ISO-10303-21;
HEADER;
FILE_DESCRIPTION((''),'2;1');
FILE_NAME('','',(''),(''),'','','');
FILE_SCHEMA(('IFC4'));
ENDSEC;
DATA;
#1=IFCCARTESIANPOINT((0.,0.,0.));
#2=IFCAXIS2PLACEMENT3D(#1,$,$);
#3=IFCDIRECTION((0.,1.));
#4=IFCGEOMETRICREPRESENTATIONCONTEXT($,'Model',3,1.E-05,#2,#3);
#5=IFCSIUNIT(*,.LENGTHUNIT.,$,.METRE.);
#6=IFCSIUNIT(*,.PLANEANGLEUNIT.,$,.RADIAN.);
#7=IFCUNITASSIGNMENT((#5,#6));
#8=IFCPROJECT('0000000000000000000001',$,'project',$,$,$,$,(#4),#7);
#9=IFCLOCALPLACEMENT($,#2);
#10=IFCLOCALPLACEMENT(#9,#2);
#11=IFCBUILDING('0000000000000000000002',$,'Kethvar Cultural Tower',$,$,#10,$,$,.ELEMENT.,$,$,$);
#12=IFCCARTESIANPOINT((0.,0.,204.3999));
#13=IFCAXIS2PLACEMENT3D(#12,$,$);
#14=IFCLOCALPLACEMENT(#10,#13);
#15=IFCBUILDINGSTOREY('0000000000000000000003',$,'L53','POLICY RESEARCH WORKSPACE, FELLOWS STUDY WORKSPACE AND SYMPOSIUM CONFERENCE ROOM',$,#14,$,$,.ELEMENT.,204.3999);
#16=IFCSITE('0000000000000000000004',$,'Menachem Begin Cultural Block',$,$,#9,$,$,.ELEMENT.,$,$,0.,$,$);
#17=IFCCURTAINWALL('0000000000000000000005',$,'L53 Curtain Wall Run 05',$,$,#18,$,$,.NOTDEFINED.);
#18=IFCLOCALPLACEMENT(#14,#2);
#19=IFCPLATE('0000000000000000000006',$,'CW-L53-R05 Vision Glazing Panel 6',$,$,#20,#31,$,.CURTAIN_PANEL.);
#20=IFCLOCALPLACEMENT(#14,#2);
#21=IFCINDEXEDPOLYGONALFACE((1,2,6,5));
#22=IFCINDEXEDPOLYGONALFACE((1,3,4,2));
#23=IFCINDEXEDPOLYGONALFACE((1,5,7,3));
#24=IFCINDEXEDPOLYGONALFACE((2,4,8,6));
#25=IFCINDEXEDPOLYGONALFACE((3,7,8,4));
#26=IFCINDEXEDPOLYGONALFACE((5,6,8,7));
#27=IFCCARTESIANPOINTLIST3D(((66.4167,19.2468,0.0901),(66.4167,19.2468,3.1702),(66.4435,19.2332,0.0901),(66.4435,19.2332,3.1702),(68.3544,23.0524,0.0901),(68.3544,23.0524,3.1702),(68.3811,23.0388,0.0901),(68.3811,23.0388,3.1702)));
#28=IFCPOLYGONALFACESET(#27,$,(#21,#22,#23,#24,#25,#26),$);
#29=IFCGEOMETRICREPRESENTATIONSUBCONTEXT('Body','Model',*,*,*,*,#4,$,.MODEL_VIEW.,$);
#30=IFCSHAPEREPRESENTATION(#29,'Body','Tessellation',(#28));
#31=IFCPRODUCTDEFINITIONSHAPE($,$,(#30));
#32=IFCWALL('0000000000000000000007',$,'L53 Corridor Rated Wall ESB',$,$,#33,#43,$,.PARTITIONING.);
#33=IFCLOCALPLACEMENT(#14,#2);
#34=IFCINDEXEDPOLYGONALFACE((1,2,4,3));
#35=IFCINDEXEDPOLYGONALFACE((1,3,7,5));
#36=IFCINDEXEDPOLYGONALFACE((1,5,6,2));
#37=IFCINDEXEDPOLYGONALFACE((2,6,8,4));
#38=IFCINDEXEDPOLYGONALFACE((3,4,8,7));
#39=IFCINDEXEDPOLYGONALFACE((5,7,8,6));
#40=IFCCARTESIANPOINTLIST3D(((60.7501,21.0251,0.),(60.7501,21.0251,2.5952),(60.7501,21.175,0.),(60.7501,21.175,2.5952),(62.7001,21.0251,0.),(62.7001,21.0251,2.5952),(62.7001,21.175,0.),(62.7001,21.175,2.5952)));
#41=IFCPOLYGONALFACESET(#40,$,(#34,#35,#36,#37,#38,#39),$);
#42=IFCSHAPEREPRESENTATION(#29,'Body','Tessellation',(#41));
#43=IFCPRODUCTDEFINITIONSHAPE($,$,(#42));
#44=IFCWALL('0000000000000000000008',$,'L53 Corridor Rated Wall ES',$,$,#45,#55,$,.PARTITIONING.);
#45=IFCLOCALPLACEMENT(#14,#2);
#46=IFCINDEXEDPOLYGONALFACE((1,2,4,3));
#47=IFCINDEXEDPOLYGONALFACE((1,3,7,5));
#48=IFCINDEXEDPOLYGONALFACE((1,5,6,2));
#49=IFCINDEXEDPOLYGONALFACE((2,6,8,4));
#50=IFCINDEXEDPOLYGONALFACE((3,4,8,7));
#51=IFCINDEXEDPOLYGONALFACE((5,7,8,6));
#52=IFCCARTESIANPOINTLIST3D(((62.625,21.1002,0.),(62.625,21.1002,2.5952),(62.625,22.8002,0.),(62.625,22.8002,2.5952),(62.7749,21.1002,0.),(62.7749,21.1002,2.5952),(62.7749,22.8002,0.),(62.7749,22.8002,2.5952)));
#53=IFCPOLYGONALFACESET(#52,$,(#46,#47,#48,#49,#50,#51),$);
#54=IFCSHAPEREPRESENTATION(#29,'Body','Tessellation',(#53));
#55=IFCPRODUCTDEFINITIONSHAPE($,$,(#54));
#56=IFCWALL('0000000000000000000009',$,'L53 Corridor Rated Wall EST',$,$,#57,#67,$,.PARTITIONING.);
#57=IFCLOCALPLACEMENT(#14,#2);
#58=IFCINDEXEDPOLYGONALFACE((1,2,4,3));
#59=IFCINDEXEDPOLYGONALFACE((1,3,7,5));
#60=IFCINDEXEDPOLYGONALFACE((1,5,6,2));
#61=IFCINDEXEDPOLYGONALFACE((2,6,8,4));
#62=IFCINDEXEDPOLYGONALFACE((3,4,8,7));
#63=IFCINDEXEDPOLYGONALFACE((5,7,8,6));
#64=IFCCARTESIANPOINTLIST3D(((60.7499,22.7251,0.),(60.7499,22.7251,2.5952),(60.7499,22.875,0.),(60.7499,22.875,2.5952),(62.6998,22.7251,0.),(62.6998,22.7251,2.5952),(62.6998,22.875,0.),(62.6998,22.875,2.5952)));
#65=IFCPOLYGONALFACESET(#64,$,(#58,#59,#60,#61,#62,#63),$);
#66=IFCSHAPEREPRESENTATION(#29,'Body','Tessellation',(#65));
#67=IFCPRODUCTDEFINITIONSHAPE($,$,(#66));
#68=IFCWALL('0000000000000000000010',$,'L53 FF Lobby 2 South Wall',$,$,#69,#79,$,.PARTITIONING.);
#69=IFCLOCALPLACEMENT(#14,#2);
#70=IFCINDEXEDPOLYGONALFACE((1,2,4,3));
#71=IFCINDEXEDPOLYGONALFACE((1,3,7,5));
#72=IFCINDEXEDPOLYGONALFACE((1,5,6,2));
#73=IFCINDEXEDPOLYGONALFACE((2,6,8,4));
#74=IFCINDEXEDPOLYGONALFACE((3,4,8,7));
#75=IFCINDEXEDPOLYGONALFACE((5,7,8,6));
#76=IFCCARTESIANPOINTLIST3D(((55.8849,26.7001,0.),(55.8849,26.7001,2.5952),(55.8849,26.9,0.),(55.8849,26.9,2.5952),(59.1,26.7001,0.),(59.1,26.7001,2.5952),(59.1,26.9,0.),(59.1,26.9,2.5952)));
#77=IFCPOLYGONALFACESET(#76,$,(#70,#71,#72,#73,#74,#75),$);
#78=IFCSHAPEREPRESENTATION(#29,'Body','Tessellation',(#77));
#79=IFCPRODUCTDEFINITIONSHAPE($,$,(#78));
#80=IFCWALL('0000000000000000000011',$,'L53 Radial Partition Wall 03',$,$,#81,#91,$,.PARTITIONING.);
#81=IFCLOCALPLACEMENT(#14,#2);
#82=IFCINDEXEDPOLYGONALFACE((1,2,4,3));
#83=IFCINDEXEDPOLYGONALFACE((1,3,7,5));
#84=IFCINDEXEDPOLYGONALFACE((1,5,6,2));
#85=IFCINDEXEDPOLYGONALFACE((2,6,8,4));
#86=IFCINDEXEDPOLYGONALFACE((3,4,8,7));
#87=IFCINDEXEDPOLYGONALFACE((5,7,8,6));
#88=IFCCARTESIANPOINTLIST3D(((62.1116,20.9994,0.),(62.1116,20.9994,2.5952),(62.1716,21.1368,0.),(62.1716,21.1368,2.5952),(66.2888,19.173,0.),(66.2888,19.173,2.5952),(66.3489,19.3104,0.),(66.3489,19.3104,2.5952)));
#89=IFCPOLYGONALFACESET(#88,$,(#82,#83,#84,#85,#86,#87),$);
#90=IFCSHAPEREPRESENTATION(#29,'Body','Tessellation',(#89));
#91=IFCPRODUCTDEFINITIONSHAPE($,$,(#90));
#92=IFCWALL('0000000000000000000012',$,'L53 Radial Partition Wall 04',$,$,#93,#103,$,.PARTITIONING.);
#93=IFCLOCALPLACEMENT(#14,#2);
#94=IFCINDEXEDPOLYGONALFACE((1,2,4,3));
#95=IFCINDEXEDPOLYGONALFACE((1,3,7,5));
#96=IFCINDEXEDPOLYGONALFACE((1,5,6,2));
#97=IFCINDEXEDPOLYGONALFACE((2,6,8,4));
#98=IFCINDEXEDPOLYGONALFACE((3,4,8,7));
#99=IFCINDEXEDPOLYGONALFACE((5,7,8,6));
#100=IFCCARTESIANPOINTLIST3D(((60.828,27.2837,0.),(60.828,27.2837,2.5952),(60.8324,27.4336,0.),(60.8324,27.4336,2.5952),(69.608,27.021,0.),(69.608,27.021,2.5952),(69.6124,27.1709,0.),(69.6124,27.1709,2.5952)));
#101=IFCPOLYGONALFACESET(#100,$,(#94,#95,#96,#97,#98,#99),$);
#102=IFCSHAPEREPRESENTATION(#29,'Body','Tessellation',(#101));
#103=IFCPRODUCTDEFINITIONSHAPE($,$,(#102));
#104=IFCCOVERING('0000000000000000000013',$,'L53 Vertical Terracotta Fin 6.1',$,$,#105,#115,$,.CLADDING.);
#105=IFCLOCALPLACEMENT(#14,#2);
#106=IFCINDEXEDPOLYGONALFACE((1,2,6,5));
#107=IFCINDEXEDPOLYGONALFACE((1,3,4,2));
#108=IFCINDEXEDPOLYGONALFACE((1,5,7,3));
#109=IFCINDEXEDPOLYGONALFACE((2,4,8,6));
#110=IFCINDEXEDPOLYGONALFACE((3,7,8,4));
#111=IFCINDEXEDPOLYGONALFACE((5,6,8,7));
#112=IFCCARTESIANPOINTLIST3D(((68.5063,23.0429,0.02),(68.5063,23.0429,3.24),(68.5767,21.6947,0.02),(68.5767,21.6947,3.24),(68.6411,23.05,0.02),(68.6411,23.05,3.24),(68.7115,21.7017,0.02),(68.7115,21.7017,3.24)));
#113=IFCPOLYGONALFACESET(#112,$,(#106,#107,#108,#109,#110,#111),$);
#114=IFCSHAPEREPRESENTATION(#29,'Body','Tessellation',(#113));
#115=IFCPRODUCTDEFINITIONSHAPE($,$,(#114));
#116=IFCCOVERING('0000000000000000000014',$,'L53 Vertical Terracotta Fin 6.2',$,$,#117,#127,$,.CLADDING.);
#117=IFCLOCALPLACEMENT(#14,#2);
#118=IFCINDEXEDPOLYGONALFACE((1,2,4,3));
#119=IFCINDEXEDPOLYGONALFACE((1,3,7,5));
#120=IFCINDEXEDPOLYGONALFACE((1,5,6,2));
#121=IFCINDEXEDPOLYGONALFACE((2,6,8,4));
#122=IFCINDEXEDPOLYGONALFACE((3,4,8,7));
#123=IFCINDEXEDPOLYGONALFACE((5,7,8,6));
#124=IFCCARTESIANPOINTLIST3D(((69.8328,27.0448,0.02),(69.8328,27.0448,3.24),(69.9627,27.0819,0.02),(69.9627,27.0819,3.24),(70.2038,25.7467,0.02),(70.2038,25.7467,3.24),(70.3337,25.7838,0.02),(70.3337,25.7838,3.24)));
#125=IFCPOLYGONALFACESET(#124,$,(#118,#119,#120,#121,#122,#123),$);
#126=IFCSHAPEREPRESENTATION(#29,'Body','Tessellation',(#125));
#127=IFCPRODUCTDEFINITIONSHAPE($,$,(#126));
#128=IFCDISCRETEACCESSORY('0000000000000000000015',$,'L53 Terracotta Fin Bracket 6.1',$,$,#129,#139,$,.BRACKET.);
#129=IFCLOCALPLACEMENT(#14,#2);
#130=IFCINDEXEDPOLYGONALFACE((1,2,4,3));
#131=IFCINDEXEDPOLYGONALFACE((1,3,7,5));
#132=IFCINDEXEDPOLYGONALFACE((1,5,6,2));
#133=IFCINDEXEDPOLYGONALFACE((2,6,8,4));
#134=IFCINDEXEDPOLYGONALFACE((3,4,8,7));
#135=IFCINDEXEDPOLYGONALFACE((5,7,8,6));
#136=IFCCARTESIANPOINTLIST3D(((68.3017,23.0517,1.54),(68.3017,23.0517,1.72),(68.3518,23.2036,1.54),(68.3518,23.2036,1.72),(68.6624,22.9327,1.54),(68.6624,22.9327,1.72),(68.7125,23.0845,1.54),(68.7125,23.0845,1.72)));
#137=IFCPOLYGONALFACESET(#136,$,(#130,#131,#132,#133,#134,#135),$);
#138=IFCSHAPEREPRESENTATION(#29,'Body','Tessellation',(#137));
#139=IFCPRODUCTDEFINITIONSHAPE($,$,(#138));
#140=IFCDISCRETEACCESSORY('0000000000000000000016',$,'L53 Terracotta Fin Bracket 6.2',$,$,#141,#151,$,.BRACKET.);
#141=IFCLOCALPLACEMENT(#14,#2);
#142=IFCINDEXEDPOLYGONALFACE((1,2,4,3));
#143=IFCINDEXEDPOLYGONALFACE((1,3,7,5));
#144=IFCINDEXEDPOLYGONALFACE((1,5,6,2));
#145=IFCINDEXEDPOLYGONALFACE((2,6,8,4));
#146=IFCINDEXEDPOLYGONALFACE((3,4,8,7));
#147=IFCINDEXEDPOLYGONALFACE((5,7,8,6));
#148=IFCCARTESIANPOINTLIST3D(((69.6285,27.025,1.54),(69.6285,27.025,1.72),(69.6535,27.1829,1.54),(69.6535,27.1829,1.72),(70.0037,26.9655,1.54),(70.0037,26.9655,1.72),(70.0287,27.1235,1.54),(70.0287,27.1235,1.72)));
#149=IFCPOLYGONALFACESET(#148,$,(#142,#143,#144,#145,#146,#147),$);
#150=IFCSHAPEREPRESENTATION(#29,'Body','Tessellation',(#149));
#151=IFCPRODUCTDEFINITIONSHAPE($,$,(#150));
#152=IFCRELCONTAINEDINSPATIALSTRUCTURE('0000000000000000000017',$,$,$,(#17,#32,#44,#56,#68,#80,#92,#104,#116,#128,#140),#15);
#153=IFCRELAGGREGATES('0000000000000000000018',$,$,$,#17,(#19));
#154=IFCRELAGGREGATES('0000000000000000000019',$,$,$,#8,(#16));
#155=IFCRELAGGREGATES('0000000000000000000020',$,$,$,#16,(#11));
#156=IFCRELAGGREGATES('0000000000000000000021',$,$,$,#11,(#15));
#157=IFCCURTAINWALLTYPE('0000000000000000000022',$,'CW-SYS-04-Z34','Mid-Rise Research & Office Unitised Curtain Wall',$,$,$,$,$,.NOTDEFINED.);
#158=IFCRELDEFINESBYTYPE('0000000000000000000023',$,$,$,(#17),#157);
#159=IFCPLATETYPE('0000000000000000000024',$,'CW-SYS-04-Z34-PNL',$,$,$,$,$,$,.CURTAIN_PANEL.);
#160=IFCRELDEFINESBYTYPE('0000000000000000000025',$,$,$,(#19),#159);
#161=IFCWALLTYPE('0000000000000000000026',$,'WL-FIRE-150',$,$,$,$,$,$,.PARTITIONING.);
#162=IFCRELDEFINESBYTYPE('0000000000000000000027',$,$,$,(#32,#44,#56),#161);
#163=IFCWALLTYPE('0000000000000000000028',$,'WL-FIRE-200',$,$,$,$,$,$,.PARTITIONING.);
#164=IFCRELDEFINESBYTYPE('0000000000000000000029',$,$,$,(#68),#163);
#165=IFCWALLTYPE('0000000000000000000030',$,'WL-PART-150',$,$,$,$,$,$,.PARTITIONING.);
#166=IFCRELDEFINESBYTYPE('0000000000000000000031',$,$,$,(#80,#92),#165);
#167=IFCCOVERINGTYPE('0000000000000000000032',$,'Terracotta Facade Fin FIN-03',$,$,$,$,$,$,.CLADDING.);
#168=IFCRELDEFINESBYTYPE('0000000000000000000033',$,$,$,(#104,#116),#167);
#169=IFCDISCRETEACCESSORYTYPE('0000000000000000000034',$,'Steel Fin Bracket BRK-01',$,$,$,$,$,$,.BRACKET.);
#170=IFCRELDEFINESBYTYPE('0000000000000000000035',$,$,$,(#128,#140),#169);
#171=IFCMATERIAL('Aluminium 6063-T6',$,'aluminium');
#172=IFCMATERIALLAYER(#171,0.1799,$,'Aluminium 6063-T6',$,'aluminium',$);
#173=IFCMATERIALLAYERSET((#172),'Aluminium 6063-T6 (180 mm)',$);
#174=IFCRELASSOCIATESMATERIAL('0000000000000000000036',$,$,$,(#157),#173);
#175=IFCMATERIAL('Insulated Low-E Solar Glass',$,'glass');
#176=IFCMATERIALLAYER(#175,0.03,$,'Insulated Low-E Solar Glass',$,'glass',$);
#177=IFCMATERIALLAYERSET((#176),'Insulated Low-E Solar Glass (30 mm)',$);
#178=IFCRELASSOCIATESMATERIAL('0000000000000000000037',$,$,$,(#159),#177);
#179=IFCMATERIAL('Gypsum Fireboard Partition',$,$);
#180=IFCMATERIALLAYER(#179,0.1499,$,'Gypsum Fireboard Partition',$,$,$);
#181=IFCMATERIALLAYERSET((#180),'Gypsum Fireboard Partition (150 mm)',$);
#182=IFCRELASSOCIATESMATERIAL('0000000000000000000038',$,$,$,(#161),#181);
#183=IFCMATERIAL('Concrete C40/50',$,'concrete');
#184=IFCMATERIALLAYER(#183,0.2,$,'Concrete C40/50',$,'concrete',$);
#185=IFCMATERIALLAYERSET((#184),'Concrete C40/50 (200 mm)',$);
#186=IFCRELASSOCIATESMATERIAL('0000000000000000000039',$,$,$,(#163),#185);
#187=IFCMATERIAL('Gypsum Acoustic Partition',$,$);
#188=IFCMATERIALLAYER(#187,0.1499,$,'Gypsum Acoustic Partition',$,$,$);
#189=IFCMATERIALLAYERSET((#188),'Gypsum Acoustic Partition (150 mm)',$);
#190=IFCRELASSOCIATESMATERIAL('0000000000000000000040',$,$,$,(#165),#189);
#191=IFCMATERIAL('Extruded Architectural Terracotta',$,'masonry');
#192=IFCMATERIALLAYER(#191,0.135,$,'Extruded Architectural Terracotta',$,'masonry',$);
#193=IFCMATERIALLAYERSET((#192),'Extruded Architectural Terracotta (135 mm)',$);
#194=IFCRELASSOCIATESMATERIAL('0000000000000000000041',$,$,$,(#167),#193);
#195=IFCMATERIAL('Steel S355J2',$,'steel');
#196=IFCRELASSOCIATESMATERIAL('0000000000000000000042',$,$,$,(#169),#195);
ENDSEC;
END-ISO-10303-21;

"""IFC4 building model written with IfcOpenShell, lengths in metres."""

from ifc_helpers import new_model, si_unit, direction, frame, frame_2d, origin, origin_2d, place, context, subcontext, project, spatial, rectangle, extrude, source, transform, mapped, material, layer, layer_set, type_object, element, aggregate, save


model = new_model("IFC4")

# Units and contexts
model_context = context("Model", 3, precision=1e-05, world=origin(), true_north=direction((0.0, 1.0)))
body_context = subcontext(model_context, "Body", "Model", "MODEL_VIEW")
ifc_project = project(units=[si_unit("LENGTHUNIT", "METRE"), si_unit("PLANEANGLEUNIT", "RADIAN")], contexts=[model_context])

# Site, building, storey
site_placement = place(None, origin())
site = spatial("IfcSite", under=ifc_project, at=site_placement, Name="Menachem Begin Cultural Block", CompositionType="ELEMENT", RefElevation=0.0)
building_placement = place(site_placement, origin())
building = spatial("IfcBuilding", under=site, at=building_placement, Name="Kethvar Cultural Tower", CompositionType="ELEMENT")
storey_placement = place(building_placement, frame((0.0, 0.0, 204.3999)))
storey = spatial("IfcBuildingStorey", under=building, at=storey_placement, Name="L53", Description="POLICY RESEARCH WORKSPACE, FELLOWS STUDY WORKSPACE AND SYMPOSIUM CONFERENCE ROOM", CompositionType="ELEMENT", Elevation=204.3999)

# Shared definitions
ifc_material_1 = material(Name="Steel S355J2", Category="steel")

# Curtain wall
ifc_material_2 = material(Name="Aluminium 6063-T6", Category="aluminium")
ifc_layer_1 = layer(ifc_material_2, 0.1799, Name="Aluminium 6063-T6", Category="aluminium")
ifc_layer_set_1 = layer_set([ifc_layer_1], Name="Aluminium 6063-T6 (180 mm)")
curtain_wall_type = type_object("IfcCurtainWallType", Name="CW-SYS-04-Z34", Description="Mid-Rise Research & Office Unitised Curtain Wall", PredefinedType="NOTDEFINED", material=ifc_layer_set_1)
curtain_wall_1_placement = place(storey_placement, origin())
curtain_wall_1 = element("IfcCurtainWall", 1, at=curtain_wall_1_placement, inside=storey, type_object=curtain_wall_type, Name="L53 Curtain Wall Run 05", PredefinedType="NOTDEFINED")

# Plate
ifc_material_3 = material(Name="Insulated Low-E Solar Glass", Category="glass")
ifc_layer_2 = layer(ifc_material_3, 0.03, Name="Insulated Low-E Solar Glass", Category="glass")
ifc_layer_set_2 = layer_set([ifc_layer_2], Name="Insulated Low-E Solar Glass (30 mm)")
plate_type = type_object("IfcPlateType", Name="CW-SYS-04-Z34-PNL", PredefinedType="CURTAIN_PANEL", material=ifc_layer_set_2)
shared_shape_1 = source(origin(), body_context, "Body", "SweptSolid", [
    extrude(rectangle(XDim=4.2705, YDim=0.03, at=origin_2d()), origin(), (0.0, 0.0, 1.0), 3.0801),
])
plate_1_placement = place(storey_placement, frame((67.3989, 21.1428, 0.0901), z_axis=(0.0, 0.0, 1.0), x_axis=(0.453726, 0.891141, 0.0)))
plate_1 = element("IfcPlate", 2, at=plate_1_placement, type_object=plate_type, Name="CW-L53-R05 Vision Glazing Panel 6", PredefinedType="CURTAIN_PANEL", context=body_context, shape_type="MappedRepresentation", body=[
    mapped(shared_shape_1, transform((0.0, 0.0, 0.0), scale=1.0)),
])
aggregate(curtain_wall_1, [plate_1])

# Walls
ifc_material_4 = material(Name="Gypsum Fireboard Partition")
ifc_layer_3 = layer(ifc_material_4, 0.1499, Name="Gypsum Fireboard Partition")
ifc_layer_set_3 = layer_set([ifc_layer_3], Name="Gypsum Fireboard Partition (150 mm)")
wall_type_1 = type_object("IfcWallType", Name="WL-FIRE-150", PredefinedType="PARTITIONING", material=ifc_layer_set_3)
wall_1_placement = place(storey_placement, frame((60.75, 21.1001, 0.0), z_axis=(0.0, 0.0, 1.0), x_axis=(1.0, 0.0, 0.0)))
element("IfcWall", 3, at=wall_1_placement, inside=storey, type_object=wall_type_1, Name="L53 Corridor Rated Wall ESB", PredefinedType="PARTITIONING", context=body_context, shape_type="SweptSolid", body=[
    extrude(rectangle(XDim=1.95, YDim=0.1499, at=frame_2d((0.9751, 0.0))), origin(), (0.0, 0.0, 1.0), 2.5952),
])
wall_2_placement = place(storey_placement, frame((62.7, 21.1001, 0.0), z_axis=(0.0, 0.0, 1.0), x_axis=(0.0, 1.0, 0.0)))
element("IfcWall", 4, at=wall_2_placement, inside=storey, type_object=wall_type_1, Name="L53 Corridor Rated Wall ES", PredefinedType="PARTITIONING", context=body_context, shape_type="SweptSolid", body=[
    extrude(rectangle(XDim=1.7, YDim=0.1499, at=frame_2d((0.8501, 0.0))), origin(), (0.0, 0.0, 1.0), 2.5952),
])
wall_3_placement = place(storey_placement, frame((62.7, 22.8, 0.0), z_axis=(0.0, 0.0, 1.0), x_axis=(-1.0, 0.0, 0.0)))
element("IfcWall", 5, at=wall_3_placement, inside=storey, type_object=wall_type_1, Name="L53 Corridor Rated Wall EST", PredefinedType="PARTITIONING", context=body_context, shape_type="SweptSolid", body=[
    extrude(rectangle(XDim=1.95, YDim=0.1499, at=frame_2d((0.9751, 0.0))), origin(), (0.0, 0.0, 1.0), 2.5952),
])

# Shared definitions
ifc_material_5 = material(Name="Concrete C40/50", Category="concrete")
ifc_layer_4 = layer(ifc_material_5, 0.2, Name="Concrete C40/50", Category="concrete")
ifc_layer_set_4 = layer_set([ifc_layer_4], Name="Concrete C40/50 (200 mm)")
wall_type_2 = type_object("IfcWallType", Name="WL-FIRE-200", PredefinedType="PARTITIONING", material=ifc_layer_set_4)

# Walls
wall_4_placement = place(storey_placement, frame((55.885, 26.8, 0.0), z_axis=(0.0, 0.0, 1.0), x_axis=(1.0, 0.0, 0.0)))
element("IfcWall", 6, at=wall_4_placement, inside=storey, type_object=wall_type_2, Name="L53 FF Lobby 2 South Wall", PredefinedType="PARTITIONING", context=body_context, shape_type="SweptSolid", body=[
    extrude(rectangle(XDim=3.2151, YDim=0.2, at=frame_2d((1.6074, 0.0))), origin(), (0.0, 0.0, 1.0), 2.5952),
])
ifc_material_6 = material(Name="Gypsum Acoustic Partition")
ifc_layer_5 = layer(ifc_material_6, 0.1499, Name="Gypsum Acoustic Partition")
ifc_layer_set_5 = layer_set([ifc_layer_5], Name="Gypsum Acoustic Partition (150 mm)")
wall_type_3 = type_object("IfcWallType", Name="WL-PART-150", PredefinedType="PARTITIONING", material=ifc_layer_set_5)
wall_5_placement = place(storey_placement, frame((62.1416, 21.0681, 0.0), z_axis=(0.0, 0.0, 1.0), x_axis=(0.916248, -0.400611, 0.0)))
element("IfcWall", 7, at=wall_5_placement, inside=storey, type_object=wall_type_3, Name="L53 Radial Partition Wall 03", PredefinedType="PARTITIONING", context=body_context, shape_type="SweptSolid", body=[
    extrude(rectangle(XDim=4.5591, YDim=0.1499, at=frame_2d((2.2795, 0.0))), origin(), (0.0, 0.0, 1.0), 2.5952),
])
wall_6_placement = place(storey_placement, frame((60.8301, 27.3586, 0.0), z_axis=(0.0, 0.0, 1.0), x_axis=(0.999553, -0.029906, 0.0)))
element("IfcWall", 8, at=wall_6_placement, inside=storey, type_object=wall_type_3, Name="L53 Radial Partition Wall 04", PredefinedType="PARTITIONING", context=body_context, shape_type="SweptSolid", body=[
    extrude(rectangle(XDim=8.7839, YDim=0.1499, at=frame_2d((4.3921, 0.0))), origin(), (0.0, 0.0, 1.0), 2.5952),
])

# Coverings
ifc_material_7 = material(Name="Extruded Architectural Terracotta", Category="masonry")
ifc_layer_6 = layer(ifc_material_7, 0.135, Name="Extruded Architectural Terracotta", Category="masonry")
ifc_layer_set_6 = layer_set([ifc_layer_6], Name="Extruded Architectural Terracotta (135 mm)")
covering_type = type_object("IfcCoveringType", Name="Terracotta Facade Fin FIN-03", PredefinedType="CLADDING", material=ifc_layer_set_6)
shared_shape_2 = source(origin(), body_context, "Body", "SweptSolid", [
    extrude(rectangle(XDim=1.3501, YDim=0.135, at=origin_2d()), origin(), (0.0, 0.0, 1.0), 3.22),
])
for number, where, z_axis, x_axis, name in (
    (9, (68.6089, 22.3723, 0.02), (0.0, 0.0, 1.0), (0.052162, -0.998639, 0.0), "L53 Vertical Terracotta Fin 6.1"),
    (10, (70.0833, 26.4143, 0.02), (0.0, 0.0, 1.0), (0.274798, -0.961502, 0.0), "L53 Vertical Terracotta Fin 6.2"),
):
    element("IfcCovering", number, at=place(storey_placement, frame(where, z_axis=z_axis, x_axis=x_axis)), inside=storey, type_object=covering_type, Name=name, PredefinedType="CLADDING", context=body_context, shape_type="MappedRepresentation", body=[
        mapped(shared_shape_2, transform((0.0, 0.0, 0.0), scale=1.0)),
    ])

# Discrete accessories
discrete_accessory_type = type_object("IfcDiscreteAccessoryType", Name="Steel Fin Bracket BRK-01", PredefinedType="BRACKET", material=ifc_material_1)
shared_shape_3 = source(origin(), body_context, "Body", "SweptSolid", [
    extrude(rectangle(XDim=0.3799, YDim=0.1599, at=origin_2d()), origin(), (0.0, 0.0, 1.0), 0.1799),
])
for number, where, z_axis, x_axis, name in (
    (11, (68.5071, 23.0681, 1.54), (0.0, 0.0, 1.0), (0.949644, -0.31333, 0.0), "L53 Terracotta Fin Bracket 6.1"),
    (12, (69.8286, 27.0742, 1.54), (0.0, 0.0, 1.0), (0.987688, -0.156434, 0.0), "L53 Terracotta Fin Bracket 6.2"),
):
    element("IfcDiscreteAccessory", number, at=place(storey_placement, frame(where, z_axis=z_axis, x_axis=x_axis)), inside=storey, type_object=discrete_accessory_type, Name=name, PredefinedType="BRACKET", context=body_context, shape_type="MappedRepresentation", body=[
        mapped(shared_shape_3, transform((0.0, 0.0, 0.0), scale=1.0)),
    ])

save(model, "model.ifc")
